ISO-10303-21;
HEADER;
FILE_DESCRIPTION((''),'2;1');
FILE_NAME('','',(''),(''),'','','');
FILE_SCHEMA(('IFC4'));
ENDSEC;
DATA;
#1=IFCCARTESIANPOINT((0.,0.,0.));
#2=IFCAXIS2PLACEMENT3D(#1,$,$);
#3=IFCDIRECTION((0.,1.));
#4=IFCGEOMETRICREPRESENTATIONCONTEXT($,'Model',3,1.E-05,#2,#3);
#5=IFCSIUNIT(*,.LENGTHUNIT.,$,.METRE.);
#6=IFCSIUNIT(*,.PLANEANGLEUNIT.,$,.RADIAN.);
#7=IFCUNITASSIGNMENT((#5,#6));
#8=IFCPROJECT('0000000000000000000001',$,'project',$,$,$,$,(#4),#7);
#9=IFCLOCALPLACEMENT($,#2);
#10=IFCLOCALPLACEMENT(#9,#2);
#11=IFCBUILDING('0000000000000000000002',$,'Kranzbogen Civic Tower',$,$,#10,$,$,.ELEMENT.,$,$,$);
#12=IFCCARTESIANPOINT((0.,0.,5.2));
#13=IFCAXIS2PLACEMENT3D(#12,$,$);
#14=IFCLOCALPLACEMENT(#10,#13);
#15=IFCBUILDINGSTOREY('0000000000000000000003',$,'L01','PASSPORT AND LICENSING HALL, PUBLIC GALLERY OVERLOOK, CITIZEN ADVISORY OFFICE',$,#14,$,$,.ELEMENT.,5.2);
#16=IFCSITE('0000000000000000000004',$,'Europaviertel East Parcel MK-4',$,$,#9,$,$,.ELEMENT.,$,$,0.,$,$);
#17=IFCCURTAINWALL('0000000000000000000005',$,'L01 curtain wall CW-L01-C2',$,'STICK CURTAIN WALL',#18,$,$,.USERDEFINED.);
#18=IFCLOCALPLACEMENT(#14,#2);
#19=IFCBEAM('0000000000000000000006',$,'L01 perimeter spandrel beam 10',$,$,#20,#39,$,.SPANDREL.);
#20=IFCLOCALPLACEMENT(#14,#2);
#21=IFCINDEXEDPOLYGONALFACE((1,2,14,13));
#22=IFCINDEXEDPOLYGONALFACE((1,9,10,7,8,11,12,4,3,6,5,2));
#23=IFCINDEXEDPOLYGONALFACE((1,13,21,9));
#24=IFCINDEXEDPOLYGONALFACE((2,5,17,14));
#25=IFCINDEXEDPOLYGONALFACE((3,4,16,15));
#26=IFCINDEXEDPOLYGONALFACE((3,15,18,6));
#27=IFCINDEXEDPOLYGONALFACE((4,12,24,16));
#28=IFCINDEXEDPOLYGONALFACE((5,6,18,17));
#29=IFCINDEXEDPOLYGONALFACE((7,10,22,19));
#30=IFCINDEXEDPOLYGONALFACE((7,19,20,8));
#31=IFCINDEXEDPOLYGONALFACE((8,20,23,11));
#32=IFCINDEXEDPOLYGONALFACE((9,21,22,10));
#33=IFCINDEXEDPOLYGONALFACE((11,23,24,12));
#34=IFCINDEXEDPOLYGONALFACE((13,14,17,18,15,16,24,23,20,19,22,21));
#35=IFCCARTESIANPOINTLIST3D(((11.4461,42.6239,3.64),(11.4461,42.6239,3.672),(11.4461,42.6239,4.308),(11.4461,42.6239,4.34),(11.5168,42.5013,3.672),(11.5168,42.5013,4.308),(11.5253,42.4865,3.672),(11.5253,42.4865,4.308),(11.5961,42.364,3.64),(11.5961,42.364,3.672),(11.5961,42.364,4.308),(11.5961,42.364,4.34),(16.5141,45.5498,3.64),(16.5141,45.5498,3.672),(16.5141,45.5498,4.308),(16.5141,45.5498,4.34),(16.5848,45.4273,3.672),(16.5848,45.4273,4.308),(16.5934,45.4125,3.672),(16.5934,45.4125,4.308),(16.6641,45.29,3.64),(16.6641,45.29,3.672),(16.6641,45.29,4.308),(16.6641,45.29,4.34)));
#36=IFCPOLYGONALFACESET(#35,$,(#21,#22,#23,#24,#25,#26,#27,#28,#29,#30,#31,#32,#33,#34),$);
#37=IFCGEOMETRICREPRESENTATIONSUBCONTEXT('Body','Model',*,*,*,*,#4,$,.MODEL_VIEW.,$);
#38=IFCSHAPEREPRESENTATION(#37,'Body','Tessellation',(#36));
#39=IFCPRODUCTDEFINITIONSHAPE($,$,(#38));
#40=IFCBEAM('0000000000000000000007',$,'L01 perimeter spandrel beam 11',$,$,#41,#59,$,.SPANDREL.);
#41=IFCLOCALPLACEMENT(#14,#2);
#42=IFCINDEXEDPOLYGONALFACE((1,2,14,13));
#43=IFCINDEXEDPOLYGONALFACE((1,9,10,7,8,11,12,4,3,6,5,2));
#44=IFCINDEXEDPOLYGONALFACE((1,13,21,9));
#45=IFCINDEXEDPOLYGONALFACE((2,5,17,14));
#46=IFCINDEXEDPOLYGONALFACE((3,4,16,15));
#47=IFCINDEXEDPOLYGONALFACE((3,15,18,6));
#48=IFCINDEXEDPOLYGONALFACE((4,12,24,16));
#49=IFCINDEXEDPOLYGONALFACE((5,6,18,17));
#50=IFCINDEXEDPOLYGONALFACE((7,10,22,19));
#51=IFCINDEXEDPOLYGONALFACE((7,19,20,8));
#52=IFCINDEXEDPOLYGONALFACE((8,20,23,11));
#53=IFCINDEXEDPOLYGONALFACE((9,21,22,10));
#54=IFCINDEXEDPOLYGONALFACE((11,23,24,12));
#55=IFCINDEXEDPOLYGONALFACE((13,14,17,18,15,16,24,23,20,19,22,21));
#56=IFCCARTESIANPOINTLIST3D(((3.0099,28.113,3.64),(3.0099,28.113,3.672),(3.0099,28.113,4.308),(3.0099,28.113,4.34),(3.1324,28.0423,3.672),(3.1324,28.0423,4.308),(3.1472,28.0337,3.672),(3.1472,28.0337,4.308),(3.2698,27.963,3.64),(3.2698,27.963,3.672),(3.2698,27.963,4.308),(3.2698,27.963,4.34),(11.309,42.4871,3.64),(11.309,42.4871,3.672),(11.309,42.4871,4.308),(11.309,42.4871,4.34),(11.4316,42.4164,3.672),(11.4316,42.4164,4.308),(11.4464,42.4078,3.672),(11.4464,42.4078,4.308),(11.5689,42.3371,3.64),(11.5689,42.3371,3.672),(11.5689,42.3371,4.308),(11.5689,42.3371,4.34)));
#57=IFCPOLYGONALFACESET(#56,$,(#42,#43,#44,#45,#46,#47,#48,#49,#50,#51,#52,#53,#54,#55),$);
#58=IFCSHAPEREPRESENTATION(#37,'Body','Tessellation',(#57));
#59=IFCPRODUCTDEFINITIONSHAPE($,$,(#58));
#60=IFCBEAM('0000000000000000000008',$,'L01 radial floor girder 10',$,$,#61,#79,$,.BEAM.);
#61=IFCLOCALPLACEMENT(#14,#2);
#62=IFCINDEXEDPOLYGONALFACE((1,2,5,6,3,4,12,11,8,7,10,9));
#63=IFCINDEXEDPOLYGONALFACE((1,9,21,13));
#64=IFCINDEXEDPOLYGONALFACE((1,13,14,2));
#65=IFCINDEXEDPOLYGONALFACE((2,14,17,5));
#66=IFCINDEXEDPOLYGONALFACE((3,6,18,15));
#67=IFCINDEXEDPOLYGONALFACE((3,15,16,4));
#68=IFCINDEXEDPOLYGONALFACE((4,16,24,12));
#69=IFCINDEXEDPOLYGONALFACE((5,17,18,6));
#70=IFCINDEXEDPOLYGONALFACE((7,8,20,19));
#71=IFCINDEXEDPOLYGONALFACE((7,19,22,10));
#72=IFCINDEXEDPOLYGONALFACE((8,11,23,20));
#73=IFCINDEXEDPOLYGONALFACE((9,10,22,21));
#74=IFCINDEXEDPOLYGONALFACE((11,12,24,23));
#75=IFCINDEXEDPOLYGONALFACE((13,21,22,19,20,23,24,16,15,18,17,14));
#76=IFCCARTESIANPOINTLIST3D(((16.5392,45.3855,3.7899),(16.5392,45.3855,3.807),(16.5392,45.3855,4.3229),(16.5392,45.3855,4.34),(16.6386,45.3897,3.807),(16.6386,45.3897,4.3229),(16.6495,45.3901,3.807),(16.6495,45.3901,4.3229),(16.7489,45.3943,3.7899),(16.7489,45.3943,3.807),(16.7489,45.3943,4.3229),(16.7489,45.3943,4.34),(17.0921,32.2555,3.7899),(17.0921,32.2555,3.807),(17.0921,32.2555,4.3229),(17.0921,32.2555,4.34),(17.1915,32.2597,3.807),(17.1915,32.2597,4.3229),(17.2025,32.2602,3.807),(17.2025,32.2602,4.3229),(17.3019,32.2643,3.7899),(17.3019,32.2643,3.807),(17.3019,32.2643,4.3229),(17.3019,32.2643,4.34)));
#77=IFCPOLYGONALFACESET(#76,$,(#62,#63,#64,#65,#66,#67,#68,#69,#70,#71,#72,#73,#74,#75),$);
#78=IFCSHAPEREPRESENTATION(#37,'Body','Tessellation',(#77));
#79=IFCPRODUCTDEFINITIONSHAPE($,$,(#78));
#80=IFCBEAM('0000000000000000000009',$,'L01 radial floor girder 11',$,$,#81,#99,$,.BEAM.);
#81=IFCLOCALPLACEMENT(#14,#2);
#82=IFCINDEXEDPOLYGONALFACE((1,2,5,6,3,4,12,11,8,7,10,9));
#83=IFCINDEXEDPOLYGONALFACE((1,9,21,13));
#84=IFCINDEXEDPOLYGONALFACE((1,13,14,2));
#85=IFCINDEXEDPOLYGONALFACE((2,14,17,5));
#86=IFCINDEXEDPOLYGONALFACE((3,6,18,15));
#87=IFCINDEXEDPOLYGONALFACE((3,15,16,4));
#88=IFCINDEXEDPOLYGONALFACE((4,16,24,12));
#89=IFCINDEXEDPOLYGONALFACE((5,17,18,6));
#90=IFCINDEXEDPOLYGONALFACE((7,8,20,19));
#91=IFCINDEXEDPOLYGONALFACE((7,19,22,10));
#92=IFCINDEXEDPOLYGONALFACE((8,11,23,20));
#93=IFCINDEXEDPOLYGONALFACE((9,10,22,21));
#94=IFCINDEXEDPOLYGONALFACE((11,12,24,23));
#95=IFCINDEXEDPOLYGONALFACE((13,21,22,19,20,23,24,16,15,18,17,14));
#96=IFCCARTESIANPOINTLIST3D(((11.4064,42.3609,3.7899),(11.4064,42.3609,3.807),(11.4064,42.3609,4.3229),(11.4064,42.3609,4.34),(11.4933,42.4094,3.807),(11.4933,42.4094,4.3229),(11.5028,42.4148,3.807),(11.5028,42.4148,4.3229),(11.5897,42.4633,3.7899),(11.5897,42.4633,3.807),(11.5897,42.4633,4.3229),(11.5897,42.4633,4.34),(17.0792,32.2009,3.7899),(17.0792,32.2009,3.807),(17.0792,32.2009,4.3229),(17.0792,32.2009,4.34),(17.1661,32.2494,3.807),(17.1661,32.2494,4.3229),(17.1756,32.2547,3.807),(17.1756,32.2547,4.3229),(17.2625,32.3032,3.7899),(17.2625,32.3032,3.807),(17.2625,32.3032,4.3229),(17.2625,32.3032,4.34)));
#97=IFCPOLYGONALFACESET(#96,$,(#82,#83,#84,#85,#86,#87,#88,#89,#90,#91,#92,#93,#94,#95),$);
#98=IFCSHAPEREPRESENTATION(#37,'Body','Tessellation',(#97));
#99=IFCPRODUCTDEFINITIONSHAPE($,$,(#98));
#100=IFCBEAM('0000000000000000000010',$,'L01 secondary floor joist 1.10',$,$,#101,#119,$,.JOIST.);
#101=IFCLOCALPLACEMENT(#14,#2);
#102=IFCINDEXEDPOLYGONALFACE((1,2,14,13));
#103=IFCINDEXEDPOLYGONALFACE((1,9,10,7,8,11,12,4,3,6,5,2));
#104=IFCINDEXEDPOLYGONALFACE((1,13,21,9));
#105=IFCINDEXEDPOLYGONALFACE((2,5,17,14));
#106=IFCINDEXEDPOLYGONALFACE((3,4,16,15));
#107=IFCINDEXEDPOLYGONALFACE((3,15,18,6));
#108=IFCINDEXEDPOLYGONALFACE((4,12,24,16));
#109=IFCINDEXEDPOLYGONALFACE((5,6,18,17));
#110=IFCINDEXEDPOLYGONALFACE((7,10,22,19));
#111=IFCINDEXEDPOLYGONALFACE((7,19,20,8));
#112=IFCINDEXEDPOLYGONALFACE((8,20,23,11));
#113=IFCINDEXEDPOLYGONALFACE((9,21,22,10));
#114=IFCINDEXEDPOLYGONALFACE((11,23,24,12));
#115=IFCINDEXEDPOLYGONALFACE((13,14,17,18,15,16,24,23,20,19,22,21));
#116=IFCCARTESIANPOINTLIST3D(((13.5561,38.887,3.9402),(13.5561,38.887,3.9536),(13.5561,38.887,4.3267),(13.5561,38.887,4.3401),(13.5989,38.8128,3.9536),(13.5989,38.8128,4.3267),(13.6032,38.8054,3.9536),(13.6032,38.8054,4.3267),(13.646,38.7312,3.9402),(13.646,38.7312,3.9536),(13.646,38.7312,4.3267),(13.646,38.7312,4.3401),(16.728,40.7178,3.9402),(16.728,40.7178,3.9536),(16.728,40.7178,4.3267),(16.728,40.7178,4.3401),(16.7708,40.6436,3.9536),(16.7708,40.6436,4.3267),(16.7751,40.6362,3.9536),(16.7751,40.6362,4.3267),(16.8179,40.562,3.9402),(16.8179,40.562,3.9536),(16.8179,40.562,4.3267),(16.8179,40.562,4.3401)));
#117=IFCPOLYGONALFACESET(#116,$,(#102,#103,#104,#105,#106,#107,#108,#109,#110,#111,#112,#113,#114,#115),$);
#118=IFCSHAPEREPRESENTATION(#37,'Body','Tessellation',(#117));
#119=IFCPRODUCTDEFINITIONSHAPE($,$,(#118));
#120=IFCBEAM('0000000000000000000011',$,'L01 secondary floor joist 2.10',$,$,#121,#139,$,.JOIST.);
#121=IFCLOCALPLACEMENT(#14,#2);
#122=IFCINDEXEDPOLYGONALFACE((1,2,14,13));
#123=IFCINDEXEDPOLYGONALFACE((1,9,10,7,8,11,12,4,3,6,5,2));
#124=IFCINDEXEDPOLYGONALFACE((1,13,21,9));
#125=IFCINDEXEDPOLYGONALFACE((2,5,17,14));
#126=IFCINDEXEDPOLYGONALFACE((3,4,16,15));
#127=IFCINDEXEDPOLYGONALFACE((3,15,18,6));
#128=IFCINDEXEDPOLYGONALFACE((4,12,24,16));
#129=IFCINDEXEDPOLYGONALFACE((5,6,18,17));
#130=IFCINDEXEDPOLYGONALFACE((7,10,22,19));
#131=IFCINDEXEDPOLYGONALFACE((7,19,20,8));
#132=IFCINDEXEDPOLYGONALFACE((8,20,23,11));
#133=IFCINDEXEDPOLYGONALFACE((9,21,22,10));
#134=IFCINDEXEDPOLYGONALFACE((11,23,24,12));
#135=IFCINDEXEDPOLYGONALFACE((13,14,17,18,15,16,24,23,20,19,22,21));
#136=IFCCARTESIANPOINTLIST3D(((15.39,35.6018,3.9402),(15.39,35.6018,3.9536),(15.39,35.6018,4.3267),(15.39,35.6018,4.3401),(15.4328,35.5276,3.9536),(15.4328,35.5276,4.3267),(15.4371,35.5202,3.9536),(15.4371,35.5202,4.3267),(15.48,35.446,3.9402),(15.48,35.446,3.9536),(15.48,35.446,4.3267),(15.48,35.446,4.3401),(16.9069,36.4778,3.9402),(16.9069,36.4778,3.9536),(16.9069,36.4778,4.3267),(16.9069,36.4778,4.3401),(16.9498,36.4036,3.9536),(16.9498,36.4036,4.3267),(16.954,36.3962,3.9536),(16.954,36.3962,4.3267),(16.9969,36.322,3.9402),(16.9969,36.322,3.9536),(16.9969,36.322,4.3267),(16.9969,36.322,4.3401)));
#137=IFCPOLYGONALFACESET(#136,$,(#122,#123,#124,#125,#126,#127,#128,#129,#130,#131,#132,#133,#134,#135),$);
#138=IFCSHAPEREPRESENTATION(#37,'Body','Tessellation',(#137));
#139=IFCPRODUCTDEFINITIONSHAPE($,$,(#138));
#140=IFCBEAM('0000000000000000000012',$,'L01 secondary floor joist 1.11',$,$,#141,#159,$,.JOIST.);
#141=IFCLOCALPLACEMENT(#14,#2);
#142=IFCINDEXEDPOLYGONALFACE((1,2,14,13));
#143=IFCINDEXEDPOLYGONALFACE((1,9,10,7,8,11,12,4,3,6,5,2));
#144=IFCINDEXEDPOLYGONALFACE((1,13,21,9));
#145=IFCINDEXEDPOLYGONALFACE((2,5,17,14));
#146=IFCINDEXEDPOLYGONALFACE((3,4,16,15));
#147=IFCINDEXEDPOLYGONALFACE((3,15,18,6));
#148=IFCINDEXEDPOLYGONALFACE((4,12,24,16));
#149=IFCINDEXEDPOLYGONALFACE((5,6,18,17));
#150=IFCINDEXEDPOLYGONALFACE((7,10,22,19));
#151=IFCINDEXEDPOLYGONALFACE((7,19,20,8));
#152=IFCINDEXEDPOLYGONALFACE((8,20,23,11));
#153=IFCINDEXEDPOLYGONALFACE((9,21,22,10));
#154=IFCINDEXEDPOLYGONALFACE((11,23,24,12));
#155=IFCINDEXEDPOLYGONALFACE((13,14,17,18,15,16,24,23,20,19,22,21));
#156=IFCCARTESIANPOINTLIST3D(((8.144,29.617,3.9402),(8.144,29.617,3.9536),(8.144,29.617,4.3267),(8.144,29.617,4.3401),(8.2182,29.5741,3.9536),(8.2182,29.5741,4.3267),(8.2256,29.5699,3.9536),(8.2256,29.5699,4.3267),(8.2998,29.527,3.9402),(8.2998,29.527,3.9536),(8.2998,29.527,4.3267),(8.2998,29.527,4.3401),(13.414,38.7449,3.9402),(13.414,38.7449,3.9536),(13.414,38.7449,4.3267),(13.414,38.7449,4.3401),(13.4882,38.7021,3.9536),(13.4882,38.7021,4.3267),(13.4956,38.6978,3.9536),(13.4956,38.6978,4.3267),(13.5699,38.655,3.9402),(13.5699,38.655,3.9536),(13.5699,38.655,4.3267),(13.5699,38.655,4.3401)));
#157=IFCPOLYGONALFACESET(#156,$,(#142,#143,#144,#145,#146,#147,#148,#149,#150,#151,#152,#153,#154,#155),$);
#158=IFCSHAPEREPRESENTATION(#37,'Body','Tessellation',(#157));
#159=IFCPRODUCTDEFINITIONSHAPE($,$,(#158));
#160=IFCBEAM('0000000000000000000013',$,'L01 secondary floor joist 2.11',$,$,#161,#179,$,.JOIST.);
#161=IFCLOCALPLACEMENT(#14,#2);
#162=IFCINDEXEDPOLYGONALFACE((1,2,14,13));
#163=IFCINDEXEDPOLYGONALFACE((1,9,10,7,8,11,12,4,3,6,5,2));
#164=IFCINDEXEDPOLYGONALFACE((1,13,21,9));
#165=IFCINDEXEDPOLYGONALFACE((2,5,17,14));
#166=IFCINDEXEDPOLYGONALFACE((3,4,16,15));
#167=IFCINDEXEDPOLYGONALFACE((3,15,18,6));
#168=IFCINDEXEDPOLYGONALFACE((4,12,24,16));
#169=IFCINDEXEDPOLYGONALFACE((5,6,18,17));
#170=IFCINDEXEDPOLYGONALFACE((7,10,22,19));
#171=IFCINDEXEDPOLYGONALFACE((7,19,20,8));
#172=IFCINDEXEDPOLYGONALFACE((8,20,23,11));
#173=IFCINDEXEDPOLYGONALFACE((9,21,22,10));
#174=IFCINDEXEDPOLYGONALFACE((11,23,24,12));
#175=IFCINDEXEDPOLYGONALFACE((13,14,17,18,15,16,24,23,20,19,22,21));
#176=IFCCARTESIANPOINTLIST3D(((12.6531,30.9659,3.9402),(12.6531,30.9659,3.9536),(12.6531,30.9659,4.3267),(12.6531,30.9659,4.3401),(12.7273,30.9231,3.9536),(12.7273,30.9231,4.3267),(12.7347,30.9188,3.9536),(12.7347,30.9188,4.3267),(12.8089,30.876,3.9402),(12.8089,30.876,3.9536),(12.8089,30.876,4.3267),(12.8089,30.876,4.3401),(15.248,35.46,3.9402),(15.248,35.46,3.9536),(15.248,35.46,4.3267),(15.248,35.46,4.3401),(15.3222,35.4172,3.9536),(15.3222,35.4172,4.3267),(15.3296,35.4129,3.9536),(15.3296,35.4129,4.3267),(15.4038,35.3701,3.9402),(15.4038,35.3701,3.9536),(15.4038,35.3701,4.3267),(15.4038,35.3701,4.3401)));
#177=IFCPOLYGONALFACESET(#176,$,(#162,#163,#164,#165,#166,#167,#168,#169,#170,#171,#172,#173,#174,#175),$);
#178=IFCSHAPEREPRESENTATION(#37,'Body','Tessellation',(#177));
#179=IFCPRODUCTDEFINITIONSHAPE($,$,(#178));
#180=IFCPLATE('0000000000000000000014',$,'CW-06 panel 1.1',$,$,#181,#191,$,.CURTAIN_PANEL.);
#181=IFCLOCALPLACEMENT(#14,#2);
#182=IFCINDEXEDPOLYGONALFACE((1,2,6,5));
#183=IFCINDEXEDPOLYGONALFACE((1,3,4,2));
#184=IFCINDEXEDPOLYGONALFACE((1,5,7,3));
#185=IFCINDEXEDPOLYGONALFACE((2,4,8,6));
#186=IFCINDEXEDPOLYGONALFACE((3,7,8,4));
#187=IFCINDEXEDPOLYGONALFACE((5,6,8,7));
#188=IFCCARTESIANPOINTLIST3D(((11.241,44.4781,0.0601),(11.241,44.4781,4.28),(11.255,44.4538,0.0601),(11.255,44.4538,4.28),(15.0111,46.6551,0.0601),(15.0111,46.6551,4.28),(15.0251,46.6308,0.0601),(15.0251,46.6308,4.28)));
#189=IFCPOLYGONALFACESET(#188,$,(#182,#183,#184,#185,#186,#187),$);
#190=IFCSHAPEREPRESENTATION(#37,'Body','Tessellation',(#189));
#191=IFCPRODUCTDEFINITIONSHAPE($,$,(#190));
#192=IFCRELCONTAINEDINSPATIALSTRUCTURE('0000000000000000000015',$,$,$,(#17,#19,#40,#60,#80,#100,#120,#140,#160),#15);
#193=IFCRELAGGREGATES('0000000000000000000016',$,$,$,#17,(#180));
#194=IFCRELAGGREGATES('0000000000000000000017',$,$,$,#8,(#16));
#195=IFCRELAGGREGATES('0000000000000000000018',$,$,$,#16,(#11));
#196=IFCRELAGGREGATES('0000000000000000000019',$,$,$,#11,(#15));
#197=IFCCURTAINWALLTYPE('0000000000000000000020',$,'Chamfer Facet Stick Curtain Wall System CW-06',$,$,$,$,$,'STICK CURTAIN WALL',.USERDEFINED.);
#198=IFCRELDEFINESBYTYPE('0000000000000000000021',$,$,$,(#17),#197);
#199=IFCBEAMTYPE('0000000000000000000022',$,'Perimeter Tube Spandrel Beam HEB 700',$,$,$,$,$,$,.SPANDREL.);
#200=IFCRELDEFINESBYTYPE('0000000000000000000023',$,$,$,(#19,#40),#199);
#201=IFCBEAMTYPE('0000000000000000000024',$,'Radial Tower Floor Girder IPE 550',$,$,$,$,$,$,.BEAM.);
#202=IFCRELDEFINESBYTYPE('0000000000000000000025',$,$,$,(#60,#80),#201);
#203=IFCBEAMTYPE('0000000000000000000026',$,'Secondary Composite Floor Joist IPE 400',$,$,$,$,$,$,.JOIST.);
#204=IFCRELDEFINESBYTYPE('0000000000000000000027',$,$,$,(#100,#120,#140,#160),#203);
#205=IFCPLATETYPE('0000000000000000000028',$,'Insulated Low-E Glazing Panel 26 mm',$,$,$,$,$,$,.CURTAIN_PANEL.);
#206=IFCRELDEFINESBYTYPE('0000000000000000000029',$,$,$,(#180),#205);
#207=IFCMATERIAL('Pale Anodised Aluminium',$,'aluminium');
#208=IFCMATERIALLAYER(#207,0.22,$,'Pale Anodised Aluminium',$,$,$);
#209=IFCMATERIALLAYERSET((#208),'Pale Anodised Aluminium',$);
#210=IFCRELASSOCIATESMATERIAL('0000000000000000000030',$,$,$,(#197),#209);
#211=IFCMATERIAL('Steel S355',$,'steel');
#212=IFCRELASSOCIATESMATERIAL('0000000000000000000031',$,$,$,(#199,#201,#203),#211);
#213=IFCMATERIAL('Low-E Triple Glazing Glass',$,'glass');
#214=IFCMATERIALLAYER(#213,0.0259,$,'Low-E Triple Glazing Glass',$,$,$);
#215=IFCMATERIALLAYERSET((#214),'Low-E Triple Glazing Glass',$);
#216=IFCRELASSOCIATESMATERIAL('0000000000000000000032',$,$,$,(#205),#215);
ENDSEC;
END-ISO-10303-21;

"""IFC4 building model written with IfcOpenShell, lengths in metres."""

from ifc_helpers import new_model, si_unit, direction, frame, origin, origin_2d, place, context, subcontext, project, spatial, rectangle, i_section, extrude, material, layer, layer_set, material_profile, profile_set, type_object, element, aggregate, save


model = new_model("IFC4")

# Units and contexts
model_context = context("Model", 3, precision=1e-05, world=origin(), true_north=direction((0.0, 1.0)))
body_context = subcontext(model_context, "Body", "Model", "MODEL_VIEW")
ifc_project = project(units=[si_unit("LENGTHUNIT", "METRE"), si_unit("PLANEANGLEUNIT", "RADIAN")], contexts=[model_context])

# Site, building, storey
site_placement = place(None, origin())
site = spatial("IfcSite", under=ifc_project, at=site_placement, Name="Europaviertel East Parcel MK-4", CompositionType="ELEMENT", RefElevation=0.0)
building_placement = place(site_placement, origin())
building = spatial("IfcBuilding", under=site, at=building_placement, Name="Kranzbogen Civic Tower", CompositionType="ELEMENT")
storey_placement = place(building_placement, frame((0.0, 0.0, 5.2)))
storey = spatial("IfcBuildingStorey", under=building, at=storey_placement, Name="L01", Description="PASSPORT AND LICENSING HALL, PUBLIC GALLERY OVERLOOK, CITIZEN ADVISORY OFFICE", CompositionType="ELEMENT", Elevation=5.2)

# Curtain wall
ifc_material_1 = material(Name="Pale Anodised Aluminium", Category="aluminium")
ifc_layer_1 = layer(ifc_material_1, 0.22, Name="Pale Anodised Aluminium")
ifc_layer_set_1 = layer_set([ifc_layer_1], Name="Pale Anodised Aluminium")
curtain_wall_type_1 = type_object("IfcCurtainWallType", Name="Chamfer Facet Stick Curtain Wall System CW-06", ElementType="STICK CURTAIN WALL", PredefinedType="USERDEFINED", material=ifc_layer_set_1)
curtain_wall_1_placement = place(storey_placement, origin())
curtain_wall_1 = element("IfcCurtainWall", 1, at=curtain_wall_1_placement, inside=storey, type_object=curtain_wall_type_1, Name="L01 curtain wall CW-L01-C2", ObjectType="STICK CURTAIN WALL", PredefinedType="USERDEFINED")

# Beams
ifc_material_2 = material(Name="Steel S355", Category="steel")
ifc_material_profile_1 = material_profile(ifc_material_2, i_section(OverallWidth=0.3, OverallDepth=0.7, WebThickness=0.0171, FlangeThickness=0.032, at=origin_2d()), Name="HEB 700")
ifc_profile_set_1 = profile_set([ifc_material_profile_1], Name="Steel S355")
beam_type_1 = type_object("IfcBeamType", Name="Perimeter Tube Spandrel Beam HEB 700", PredefinedType="SPANDREL", material=ifc_profile_set_1)
beam_1_placement = place(storey_placement, frame((16.5891, 45.4199, 3.99), z_axis=(-0.866029, -0.499993, 0.0), x_axis=(0.499993, -0.866029, 0.0)))
element("IfcBeam", 2, at=beam_1_placement, inside=storey, type_object=beam_type_1, Name="L01 perimeter spandrel beam 10", PredefinedType="SPANDREL", context=body_context, shape_type="SweptSolid", body=[
    extrude(i_section(OverallWidth=0.3, OverallDepth=0.7, WebThickness=0.0171, FlangeThickness=0.032, at=origin_2d()), origin(), (0.0, 0.0, 1.0), 5.8521),
])
beam_2_placement = place(storey_placement, frame((11.439, 42.4121, 3.99), z_axis=(-0.50001, -0.86602, 0.0), x_axis=(0.86602, -0.50001, 0.0)))
element("IfcBeam", 3, at=beam_2_placement, inside=storey, type_object=beam_type_1, Name="L01 perimeter spandrel beam 11", PredefinedType="SPANDREL", context=body_context, shape_type="SweptSolid", body=[
    extrude(i_section(OverallWidth=0.3, OverallDepth=0.7, WebThickness=0.0171, FlangeThickness=0.032, at=origin_2d()), origin(), (0.0, 0.0, 1.0), 16.5979),
])
ifc_material_profile_2 = material_profile(ifc_material_2, i_section(OverallWidth=0.21, OverallDepth=0.55, WebThickness=0.011, FlangeThickness=0.0171, at=origin_2d()), Name="IPE 550")
ifc_profile_set_2 = profile_set([ifc_material_profile_2], Name="Steel S355")
beam_type_2 = type_object("IfcBeamType", Name="Radial Tower Floor Girder IPE 550", PredefinedType="BEAM", material=ifc_profile_set_2)
beam_3_placement = place(storey_placement, frame((16.644, 45.3899, 4.0649), z_axis=(0.042079, -0.999114, 0.0), x_axis=(0.999114, 0.042079, 0.0)))
element("IfcBeam", 4, at=beam_3_placement, inside=storey, type_object=beam_type_2, Name="L01 radial floor girder 10", PredefinedType="BEAM", context=body_context, shape_type="SweptSolid", body=[
    extrude(i_section(OverallWidth=0.21, OverallDepth=0.55, WebThickness=0.011, FlangeThickness=0.0171, at=origin_2d()), origin(), (0.0, 0.0, 1.0), 13.1416),
])
beam_4_placement = place(storey_placement, frame((11.498, 42.4121, 4.0649), z_axis=(0.487502, -0.873122, 0.0), x_axis=(0.873122, 0.487502, 0.0)))
element("IfcBeam", 5, at=beam_4_placement, inside=storey, type_object=beam_type_2, Name="L01 radial floor girder 11", PredefinedType="BEAM", context=body_context, shape_type="SweptSolid", body=[
    extrude(i_section(OverallWidth=0.21, OverallDepth=0.55, WebThickness=0.011, FlangeThickness=0.0171, at=origin_2d()), origin(), (0.0, 0.0, 1.0), 11.6365),
])
ifc_material_profile_3 = material_profile(ifc_material_2, i_section(OverallWidth=0.1799, OverallDepth=0.3999, WebThickness=0.0085, FlangeThickness=0.0134, at=origin_2d()), Name="IPE 400")
ifc_profile_set_3 = profile_set([ifc_material_profile_3], Name="Steel S355")
beam_type_3 = type_object("IfcBeamType", Name="Secondary Composite Floor Joist IPE 400", PredefinedType="JOIST", material=ifc_profile_set_3)
beam_5_placement = place(storey_placement, frame((16.7729, 40.6399, 4.1401), z_axis=(-0.866081, -0.499903, 0.0), x_axis=(0.499903, -0.866081, 0.0)))
element("IfcBeam", 6, at=beam_5_placement, inside=storey, type_object=beam_type_3, Name="L01 secondary floor joist 1.10", PredefinedType="JOIST", context=body_context, shape_type="SweptSolid", body=[
    extrude(i_section(OverallWidth=0.1799, OverallDepth=0.3999, WebThickness=0.0085, FlangeThickness=0.0134, at=origin_2d()), origin(), (0.0, 0.0, 1.0), 3.6624),
])
beam_6_placement = place(storey_placement, frame((16.9519, 36.3999, 4.1401), z_axis=(-0.86597, -0.500096, 0.0), x_axis=(0.500096, -0.86597, 0.0)))
element("IfcBeam", 7, at=beam_6_placement, inside=storey, type_object=beam_type_3, Name="L01 secondary floor joist 2.10", PredefinedType="JOIST", context=body_context, shape_type="SweptSolid", body=[
    extrude(i_section(OverallWidth=0.1799, OverallDepth=0.3999, WebThickness=0.0085, FlangeThickness=0.0134, at=origin_2d()), origin(), (0.0, 0.0, 1.0), 1.7517),
])
beam_7_placement = place(storey_placement, frame((13.4919, 38.7, 4.1401), z_axis=(-0.5, -0.866025, 0.0), x_axis=(0.866025, -0.5, 0.0)))
element("IfcBeam", 8, at=beam_7_placement, inside=storey, type_object=beam_type_3, Name="L01 secondary floor joist 1.11", PredefinedType="JOIST", context=body_context, shape_type="SweptSolid", body=[
    extrude(i_section(OverallWidth=0.1799, OverallDepth=0.3999, WebThickness=0.0085, FlangeThickness=0.0134, at=origin_2d()), origin(), (0.0, 0.0, 1.0), 10.54),
])
beam_8_placement = place(storey_placement, frame((15.3259, 35.415, 4.1401), z_axis=(-0.50004, -0.866002, 0.0), x_axis=(0.866002, -0.50004, 0.0)))
element("IfcBeam", 9, at=beam_8_placement, inside=storey, type_object=beam_type_3, Name="L01 secondary floor joist 2.11", PredefinedType="JOIST", context=body_context, shape_type="SweptSolid", body=[
    extrude(i_section(OverallWidth=0.1799, OverallDepth=0.3999, WebThickness=0.0085, FlangeThickness=0.0134, at=origin_2d()), origin(), (0.0, 0.0, 1.0), 5.1895),
])

# Plate
ifc_material_3 = material(Name="Low-E Triple Glazing Glass", Category="glass")
ifc_layer_2 = layer(ifc_material_3, 0.0259, Name="Low-E Triple Glazing Glass")
ifc_layer_set_2 = layer_set([ifc_layer_2], Name="Low-E Triple Glazing Glass")
plate_type_1 = type_object("IfcPlateType", Name="Insulated Low-E Glazing Panel 26 mm", PredefinedType="CURTAIN_PANEL", material=ifc_layer_set_2)
plate_1_placement = place(storey_placement, frame((13.1331, 45.5544, 0.0601), z_axis=(0.0, 0.0, 1.0), x_axis=(-0.865992, -0.500058, 0.0)))
plate_1 = element("IfcPlate", 10, at=plate_1_placement, type_object=plate_type_1, Name="CW-06 panel 1.1", PredefinedType="CURTAIN_PANEL", context=body_context, shape_type="SweptSolid", body=[
    extrude(rectangle(XDim=4.3535, YDim=0.0281, at=origin_2d()), origin(), (0.0, 0.0, 1.0), 4.22),
])
aggregate(curtain_wall_1, [plate_1])

save(model, "model.ifc")
